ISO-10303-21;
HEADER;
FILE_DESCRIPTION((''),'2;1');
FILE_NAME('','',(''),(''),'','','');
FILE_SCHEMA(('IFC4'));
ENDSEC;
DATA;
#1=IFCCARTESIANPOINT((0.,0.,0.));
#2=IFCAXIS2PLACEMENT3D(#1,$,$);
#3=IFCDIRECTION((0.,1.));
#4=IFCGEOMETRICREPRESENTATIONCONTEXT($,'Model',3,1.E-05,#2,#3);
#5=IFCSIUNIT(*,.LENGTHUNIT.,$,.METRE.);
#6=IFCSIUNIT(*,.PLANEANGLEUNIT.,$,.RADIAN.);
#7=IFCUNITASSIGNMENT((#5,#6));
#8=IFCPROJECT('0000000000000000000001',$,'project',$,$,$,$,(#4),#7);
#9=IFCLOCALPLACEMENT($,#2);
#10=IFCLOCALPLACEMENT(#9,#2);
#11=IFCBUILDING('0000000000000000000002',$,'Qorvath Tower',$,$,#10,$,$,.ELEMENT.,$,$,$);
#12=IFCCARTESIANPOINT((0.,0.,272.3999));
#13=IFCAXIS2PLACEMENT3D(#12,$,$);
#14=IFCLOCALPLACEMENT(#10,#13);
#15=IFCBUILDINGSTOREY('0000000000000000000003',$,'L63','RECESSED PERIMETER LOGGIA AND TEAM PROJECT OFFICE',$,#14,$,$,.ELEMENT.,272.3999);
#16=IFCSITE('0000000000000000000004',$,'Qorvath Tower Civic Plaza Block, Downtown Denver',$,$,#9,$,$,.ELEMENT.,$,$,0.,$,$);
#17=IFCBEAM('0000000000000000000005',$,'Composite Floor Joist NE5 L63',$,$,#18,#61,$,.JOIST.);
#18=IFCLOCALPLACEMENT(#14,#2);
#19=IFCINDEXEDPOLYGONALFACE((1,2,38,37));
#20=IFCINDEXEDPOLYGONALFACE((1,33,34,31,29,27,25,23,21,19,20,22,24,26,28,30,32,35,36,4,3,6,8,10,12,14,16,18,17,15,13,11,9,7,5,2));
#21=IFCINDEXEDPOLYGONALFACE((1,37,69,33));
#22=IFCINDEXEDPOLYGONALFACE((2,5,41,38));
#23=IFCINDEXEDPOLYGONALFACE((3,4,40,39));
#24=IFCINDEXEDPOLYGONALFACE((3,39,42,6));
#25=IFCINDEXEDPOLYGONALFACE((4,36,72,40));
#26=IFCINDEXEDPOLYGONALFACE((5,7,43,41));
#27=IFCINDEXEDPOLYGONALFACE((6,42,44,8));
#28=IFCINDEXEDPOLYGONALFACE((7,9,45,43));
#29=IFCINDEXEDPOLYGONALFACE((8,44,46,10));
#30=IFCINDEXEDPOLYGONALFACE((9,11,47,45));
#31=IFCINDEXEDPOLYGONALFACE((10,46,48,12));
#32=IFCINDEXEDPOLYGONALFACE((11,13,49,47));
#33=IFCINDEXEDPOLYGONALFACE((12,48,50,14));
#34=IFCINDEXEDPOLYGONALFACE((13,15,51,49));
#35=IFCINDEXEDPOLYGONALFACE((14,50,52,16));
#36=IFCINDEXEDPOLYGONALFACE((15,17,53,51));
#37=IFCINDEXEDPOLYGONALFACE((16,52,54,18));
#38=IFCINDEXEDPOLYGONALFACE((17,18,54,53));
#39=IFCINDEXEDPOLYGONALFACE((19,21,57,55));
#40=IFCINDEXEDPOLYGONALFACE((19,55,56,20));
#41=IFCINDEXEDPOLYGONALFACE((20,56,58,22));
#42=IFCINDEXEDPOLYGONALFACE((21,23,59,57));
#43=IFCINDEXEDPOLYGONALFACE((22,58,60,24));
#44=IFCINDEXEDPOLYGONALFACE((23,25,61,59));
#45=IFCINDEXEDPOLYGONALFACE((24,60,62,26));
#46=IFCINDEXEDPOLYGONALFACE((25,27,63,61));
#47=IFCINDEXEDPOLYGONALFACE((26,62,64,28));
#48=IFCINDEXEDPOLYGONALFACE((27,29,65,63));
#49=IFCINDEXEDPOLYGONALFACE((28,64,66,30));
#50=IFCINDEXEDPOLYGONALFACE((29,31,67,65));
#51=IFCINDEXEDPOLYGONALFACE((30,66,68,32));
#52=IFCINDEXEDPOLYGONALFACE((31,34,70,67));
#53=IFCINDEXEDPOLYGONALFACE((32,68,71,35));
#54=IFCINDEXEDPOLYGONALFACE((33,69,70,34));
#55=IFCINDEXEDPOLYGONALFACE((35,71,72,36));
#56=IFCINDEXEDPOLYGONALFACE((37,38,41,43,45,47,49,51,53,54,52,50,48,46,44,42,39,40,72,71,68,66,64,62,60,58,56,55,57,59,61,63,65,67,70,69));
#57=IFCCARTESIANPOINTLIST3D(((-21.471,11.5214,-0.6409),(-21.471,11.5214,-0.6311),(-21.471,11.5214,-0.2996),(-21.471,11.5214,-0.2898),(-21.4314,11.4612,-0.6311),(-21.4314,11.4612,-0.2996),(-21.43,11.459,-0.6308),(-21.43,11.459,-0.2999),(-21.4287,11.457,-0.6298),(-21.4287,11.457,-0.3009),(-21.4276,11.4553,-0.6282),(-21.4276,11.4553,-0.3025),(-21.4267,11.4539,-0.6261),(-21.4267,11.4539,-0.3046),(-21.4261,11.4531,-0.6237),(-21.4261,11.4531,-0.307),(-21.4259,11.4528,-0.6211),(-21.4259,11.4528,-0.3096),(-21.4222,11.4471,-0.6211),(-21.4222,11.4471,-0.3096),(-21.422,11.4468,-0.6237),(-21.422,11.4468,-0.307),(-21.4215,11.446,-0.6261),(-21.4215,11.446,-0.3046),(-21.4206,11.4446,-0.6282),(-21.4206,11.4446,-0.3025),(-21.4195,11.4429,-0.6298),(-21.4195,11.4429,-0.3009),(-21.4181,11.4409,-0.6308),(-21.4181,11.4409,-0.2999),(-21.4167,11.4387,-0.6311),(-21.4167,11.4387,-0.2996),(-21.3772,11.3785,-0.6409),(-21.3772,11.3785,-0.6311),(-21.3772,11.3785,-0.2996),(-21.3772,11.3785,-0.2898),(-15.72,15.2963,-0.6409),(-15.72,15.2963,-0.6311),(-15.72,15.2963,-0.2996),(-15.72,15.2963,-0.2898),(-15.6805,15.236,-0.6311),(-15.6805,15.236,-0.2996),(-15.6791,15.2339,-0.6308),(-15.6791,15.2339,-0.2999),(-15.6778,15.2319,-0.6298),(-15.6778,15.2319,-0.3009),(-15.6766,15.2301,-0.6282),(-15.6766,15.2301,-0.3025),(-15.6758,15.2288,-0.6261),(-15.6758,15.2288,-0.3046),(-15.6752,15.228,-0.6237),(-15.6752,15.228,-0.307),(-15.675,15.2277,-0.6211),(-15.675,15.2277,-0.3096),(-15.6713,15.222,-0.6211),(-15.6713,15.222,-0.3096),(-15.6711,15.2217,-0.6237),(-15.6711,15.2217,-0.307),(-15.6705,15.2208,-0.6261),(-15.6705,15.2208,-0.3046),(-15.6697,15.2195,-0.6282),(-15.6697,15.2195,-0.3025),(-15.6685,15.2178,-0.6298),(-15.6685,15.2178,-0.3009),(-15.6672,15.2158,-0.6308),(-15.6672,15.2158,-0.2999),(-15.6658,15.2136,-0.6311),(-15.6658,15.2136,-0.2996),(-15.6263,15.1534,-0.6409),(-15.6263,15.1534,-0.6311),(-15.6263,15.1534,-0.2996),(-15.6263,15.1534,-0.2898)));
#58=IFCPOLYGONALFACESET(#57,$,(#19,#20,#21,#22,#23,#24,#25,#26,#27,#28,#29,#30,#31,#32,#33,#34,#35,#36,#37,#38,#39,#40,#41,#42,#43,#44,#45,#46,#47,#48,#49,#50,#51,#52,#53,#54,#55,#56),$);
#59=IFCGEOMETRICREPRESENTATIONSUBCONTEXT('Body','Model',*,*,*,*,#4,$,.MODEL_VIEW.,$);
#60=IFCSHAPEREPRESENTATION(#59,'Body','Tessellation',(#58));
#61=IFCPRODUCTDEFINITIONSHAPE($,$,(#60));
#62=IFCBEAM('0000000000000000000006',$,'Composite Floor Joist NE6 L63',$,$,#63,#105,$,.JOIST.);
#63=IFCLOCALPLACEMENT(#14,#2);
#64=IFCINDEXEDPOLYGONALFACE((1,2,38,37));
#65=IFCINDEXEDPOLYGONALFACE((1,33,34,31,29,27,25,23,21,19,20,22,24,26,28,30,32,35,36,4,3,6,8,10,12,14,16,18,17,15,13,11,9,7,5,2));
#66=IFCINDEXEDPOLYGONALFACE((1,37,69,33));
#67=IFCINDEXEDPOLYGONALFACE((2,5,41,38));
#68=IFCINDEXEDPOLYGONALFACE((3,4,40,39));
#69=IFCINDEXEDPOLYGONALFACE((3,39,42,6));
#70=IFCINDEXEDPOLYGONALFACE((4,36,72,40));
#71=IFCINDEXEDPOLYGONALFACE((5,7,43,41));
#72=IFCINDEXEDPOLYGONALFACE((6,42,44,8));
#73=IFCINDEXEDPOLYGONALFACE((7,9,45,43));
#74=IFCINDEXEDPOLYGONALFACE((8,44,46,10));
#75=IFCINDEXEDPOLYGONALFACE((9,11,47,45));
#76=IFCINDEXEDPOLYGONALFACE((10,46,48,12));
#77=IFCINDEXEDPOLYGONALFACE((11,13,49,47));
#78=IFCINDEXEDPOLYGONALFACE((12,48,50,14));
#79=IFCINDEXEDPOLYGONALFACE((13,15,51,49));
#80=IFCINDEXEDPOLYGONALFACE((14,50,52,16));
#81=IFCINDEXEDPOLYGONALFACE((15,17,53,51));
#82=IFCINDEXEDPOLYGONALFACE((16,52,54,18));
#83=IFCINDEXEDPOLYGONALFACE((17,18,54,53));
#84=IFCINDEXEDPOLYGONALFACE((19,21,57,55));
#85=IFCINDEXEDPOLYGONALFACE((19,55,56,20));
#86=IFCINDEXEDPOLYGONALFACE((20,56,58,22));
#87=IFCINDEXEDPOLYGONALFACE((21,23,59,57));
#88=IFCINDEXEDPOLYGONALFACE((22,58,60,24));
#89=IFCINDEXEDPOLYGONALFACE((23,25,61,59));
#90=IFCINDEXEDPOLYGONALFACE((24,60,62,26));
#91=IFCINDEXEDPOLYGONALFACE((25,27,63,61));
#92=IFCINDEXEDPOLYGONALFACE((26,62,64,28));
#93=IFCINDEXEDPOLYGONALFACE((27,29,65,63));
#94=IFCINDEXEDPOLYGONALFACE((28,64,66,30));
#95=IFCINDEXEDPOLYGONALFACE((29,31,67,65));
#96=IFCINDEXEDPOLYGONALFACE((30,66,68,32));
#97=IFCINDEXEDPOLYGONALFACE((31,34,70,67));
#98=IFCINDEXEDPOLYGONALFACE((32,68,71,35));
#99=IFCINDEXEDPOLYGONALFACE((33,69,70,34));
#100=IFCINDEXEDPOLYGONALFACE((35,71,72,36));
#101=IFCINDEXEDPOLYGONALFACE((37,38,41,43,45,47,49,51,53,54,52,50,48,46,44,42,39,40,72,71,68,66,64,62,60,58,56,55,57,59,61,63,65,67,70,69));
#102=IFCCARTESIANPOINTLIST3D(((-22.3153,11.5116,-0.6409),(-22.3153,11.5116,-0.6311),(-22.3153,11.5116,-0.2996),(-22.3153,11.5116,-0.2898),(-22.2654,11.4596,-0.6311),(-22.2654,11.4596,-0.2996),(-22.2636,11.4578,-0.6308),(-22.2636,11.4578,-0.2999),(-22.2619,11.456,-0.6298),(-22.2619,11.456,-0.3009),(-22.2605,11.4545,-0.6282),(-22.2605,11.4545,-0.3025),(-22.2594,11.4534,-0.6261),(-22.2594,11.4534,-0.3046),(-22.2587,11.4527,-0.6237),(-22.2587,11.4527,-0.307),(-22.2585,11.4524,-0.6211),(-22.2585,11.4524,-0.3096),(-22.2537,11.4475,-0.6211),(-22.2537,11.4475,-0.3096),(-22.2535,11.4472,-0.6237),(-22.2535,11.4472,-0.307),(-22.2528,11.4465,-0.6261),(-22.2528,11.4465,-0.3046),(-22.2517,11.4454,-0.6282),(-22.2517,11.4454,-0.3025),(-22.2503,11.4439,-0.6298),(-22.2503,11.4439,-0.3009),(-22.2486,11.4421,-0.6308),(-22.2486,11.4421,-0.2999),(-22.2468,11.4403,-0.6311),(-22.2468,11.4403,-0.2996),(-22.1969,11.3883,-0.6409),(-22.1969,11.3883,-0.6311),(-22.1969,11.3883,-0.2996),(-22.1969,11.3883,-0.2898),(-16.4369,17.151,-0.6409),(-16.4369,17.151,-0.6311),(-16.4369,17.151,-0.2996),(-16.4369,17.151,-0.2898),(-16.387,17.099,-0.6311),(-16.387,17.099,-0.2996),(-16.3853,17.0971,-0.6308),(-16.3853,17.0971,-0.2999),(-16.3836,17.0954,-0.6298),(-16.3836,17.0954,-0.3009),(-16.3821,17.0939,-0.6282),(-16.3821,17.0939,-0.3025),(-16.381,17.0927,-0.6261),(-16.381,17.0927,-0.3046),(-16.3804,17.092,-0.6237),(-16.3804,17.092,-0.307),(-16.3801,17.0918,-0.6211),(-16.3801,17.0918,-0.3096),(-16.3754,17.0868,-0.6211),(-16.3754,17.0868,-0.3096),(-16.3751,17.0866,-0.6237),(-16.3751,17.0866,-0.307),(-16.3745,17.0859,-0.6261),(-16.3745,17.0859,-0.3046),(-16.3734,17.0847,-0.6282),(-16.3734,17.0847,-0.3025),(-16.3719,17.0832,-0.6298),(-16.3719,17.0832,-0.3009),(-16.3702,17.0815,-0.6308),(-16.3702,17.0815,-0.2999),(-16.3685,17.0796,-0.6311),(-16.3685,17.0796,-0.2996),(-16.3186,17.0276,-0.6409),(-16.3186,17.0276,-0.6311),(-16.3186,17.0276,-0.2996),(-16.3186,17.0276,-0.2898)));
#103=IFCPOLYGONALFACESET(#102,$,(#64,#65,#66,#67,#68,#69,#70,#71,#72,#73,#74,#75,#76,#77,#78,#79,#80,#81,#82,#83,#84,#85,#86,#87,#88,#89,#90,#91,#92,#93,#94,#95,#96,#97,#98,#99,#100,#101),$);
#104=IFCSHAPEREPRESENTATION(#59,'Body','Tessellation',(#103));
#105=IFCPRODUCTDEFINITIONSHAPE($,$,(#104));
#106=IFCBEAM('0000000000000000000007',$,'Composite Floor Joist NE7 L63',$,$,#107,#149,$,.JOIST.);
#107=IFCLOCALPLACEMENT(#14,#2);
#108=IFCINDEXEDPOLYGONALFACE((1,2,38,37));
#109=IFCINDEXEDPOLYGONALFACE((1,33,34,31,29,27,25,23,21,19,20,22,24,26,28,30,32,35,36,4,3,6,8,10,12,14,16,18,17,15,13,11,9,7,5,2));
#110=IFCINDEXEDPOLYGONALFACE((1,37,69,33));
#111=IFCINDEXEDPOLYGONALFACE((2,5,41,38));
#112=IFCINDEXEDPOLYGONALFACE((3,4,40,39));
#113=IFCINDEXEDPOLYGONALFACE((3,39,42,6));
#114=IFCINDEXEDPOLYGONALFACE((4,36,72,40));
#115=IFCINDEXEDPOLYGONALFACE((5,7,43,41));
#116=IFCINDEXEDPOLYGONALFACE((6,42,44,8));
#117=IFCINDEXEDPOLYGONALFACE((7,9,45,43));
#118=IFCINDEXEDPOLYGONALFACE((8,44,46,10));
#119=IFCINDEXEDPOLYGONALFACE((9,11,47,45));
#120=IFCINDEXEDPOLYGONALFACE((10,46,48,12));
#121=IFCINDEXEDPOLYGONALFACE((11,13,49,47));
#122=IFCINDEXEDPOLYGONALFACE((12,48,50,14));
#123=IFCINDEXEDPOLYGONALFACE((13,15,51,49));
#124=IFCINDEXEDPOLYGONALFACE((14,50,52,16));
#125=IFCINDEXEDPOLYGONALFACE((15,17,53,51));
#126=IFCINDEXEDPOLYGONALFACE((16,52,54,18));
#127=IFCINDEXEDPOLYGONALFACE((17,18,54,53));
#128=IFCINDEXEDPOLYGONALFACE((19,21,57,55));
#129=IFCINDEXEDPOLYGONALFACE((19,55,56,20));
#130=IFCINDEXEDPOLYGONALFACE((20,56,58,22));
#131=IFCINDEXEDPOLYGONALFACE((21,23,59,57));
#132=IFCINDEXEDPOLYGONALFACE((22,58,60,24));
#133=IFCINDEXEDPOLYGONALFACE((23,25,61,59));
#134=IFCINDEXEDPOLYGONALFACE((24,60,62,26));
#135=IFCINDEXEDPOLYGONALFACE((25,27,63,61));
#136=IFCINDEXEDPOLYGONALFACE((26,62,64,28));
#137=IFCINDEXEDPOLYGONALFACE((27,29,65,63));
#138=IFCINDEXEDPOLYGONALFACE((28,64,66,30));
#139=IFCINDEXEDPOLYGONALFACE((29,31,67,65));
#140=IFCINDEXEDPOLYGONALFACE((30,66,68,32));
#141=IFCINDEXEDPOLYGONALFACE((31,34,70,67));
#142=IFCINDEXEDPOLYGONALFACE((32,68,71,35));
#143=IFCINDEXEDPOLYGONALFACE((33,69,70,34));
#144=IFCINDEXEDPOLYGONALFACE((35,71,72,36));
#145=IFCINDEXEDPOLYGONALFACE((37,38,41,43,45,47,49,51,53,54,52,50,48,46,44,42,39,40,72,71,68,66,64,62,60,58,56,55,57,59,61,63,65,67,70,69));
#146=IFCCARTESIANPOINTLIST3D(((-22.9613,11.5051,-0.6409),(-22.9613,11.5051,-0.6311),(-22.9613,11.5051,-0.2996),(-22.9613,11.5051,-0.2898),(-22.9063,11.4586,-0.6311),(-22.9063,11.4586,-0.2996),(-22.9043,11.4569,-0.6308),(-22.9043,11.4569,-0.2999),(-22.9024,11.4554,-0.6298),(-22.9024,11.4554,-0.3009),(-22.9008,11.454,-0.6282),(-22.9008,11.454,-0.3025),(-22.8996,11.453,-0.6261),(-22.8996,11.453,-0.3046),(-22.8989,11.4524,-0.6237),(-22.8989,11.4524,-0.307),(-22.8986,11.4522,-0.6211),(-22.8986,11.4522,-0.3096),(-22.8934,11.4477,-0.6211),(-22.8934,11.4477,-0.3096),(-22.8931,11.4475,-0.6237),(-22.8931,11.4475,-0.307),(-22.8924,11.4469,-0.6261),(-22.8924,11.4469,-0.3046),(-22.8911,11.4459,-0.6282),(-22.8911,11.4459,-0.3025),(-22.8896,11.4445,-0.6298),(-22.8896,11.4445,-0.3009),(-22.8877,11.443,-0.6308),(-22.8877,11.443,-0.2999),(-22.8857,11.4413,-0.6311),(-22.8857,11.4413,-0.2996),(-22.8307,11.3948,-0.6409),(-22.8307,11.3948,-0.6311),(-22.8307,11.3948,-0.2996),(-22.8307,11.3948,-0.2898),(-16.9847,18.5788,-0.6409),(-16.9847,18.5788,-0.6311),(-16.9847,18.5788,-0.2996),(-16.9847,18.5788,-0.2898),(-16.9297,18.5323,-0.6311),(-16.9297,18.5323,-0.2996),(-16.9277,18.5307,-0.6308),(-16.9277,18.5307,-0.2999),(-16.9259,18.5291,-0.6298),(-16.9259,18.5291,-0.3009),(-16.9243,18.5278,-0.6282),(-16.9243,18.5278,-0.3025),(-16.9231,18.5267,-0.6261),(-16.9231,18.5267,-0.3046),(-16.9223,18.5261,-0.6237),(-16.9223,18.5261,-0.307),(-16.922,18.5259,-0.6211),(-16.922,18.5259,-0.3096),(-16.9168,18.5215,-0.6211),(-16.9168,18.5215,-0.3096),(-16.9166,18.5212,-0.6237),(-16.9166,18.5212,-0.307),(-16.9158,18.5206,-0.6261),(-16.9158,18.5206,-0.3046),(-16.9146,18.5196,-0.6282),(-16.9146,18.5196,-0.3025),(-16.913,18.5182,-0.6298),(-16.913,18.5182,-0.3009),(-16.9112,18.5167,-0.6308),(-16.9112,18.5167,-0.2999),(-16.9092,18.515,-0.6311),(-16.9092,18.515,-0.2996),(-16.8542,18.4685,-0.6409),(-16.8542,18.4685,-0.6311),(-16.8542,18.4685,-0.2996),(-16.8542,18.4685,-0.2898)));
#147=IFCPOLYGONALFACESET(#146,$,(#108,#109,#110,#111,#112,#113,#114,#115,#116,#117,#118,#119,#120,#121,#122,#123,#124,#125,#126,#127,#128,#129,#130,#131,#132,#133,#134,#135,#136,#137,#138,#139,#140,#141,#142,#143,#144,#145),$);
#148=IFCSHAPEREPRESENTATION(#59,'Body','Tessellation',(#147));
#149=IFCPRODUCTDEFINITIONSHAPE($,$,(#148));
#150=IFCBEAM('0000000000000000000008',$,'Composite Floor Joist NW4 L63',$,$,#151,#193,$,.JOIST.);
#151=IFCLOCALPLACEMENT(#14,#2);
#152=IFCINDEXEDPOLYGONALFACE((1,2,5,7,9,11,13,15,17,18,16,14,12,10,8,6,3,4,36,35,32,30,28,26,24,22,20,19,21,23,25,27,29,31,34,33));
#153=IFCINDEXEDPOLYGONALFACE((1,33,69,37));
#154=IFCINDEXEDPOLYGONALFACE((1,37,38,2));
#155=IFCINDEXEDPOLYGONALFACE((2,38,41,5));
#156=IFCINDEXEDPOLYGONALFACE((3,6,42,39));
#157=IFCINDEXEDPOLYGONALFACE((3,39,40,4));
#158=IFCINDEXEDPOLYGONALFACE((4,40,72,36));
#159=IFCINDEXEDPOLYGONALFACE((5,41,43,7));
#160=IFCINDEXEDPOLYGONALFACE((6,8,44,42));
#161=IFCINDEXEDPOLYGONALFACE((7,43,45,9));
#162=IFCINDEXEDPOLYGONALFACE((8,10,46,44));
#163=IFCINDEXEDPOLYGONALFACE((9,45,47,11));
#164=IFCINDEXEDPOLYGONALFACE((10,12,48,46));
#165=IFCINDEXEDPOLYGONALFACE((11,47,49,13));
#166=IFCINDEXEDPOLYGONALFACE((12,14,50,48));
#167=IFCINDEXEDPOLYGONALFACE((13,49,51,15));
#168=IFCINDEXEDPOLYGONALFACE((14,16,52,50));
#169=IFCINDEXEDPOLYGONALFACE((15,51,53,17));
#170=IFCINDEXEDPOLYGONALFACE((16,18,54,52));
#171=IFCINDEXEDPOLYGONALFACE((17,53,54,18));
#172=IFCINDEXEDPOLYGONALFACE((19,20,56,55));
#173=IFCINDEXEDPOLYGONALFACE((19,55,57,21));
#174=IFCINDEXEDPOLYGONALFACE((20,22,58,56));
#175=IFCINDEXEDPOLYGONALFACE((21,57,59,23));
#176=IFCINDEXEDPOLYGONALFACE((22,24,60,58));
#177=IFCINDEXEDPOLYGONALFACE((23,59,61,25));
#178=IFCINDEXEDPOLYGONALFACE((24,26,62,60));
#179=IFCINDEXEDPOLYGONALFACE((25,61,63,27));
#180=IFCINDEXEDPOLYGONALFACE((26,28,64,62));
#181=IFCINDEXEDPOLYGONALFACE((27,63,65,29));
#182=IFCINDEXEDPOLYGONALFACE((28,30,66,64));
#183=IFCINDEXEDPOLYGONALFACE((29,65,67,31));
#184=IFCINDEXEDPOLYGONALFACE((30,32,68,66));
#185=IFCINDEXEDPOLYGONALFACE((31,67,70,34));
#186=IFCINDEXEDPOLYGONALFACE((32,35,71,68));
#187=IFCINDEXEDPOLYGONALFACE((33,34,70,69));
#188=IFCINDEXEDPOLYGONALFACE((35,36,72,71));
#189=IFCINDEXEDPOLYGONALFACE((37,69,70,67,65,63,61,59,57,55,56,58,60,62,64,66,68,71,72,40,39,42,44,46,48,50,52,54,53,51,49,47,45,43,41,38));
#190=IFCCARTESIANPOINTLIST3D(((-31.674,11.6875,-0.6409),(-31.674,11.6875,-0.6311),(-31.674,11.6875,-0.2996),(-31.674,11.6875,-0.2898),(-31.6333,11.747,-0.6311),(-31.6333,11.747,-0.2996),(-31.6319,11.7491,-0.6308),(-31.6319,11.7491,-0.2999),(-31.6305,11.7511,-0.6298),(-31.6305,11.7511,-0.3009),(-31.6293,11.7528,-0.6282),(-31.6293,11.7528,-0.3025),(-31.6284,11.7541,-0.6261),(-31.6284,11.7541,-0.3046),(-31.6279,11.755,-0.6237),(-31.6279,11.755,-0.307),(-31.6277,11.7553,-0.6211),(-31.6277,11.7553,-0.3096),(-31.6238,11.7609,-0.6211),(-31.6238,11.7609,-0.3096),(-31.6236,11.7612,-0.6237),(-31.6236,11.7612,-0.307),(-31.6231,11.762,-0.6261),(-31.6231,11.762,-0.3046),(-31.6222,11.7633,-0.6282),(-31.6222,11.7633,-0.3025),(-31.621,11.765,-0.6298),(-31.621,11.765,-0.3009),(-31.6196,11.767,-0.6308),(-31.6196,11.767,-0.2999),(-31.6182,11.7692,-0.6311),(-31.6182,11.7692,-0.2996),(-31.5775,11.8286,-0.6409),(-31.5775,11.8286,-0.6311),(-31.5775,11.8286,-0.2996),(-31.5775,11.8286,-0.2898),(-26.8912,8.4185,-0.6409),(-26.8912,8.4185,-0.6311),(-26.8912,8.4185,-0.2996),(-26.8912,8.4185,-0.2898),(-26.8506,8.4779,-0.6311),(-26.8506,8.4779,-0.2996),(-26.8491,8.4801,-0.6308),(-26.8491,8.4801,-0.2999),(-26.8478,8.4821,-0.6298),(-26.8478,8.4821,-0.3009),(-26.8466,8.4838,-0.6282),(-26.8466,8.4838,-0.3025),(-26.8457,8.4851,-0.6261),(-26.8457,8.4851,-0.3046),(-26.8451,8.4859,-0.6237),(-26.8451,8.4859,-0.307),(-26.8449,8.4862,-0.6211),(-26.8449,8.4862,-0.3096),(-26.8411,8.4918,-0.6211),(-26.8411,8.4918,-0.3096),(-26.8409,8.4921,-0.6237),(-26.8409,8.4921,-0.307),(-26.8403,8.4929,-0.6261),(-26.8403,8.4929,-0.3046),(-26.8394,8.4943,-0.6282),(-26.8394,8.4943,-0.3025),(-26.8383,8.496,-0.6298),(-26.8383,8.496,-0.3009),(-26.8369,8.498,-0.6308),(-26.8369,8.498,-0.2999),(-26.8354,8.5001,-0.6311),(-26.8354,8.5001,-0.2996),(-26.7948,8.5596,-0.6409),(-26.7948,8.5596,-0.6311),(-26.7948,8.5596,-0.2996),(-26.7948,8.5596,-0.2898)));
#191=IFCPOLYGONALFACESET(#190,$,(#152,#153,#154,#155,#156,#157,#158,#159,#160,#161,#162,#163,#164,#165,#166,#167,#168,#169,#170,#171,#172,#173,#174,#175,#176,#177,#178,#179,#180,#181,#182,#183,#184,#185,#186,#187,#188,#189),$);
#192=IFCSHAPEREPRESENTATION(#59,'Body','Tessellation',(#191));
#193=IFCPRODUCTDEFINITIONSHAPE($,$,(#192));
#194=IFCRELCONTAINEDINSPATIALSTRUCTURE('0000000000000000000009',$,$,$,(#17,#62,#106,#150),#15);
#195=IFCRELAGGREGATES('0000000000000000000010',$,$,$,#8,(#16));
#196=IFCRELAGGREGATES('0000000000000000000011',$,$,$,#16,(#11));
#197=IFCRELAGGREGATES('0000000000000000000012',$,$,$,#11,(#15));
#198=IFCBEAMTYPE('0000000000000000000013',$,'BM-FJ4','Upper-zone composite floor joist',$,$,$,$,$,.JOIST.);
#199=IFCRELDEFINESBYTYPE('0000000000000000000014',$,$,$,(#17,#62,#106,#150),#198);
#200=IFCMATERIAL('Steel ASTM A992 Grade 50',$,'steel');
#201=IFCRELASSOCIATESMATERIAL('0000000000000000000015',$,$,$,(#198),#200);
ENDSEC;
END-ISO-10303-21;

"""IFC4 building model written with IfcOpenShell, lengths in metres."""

from ifc_helpers import new_model, si_unit, direction, frame, origin, origin_2d, place, context, subcontext, project, spatial, i_section, extrude, material, material_profile, profile_set, type_object, element, save


model = new_model("IFC4")

# Units and contexts
model_context = context("Model", 3, precision=1e-05, world=origin(), true_north=direction((0.0, 1.0)))
body_context = subcontext(model_context, "Body", "Model", "MODEL_VIEW")
ifc_project = project(units=[si_unit("LENGTHUNIT", "METRE"), si_unit("PLANEANGLEUNIT", "RADIAN")], contexts=[model_context])

# Site, building, storey
site_placement = place(None, origin())
site = spatial("IfcSite", under=ifc_project, at=site_placement, Name="Qorvath Tower Civic Plaza Block, Downtown Denver", CompositionType="ELEMENT", RefElevation=0.0)
building_placement = place(site_placement, origin())
building = spatial("IfcBuilding", under=site, at=building_placement, Name="Qorvath Tower", CompositionType="ELEMENT")
storey_placement = place(building_placement, frame((0.0, 0.0, 272.3999)))
storey = spatial("IfcBuildingStorey", under=building, at=storey_placement, Name="L63", Description="RECESSED PERIMETER LOGGIA AND TEAM PROJECT OFFICE", CompositionType="ELEMENT", Elevation=272.3999)

# Beams
ifc_material_1 = material(Name="Steel ASTM A992 Grade 50", Category="steel")
ifc_material_profile_1 = material_profile(ifc_material_1, i_section(OverallWidth=0.1709, OverallDepth=0.3511, WebThickness=0.0068, FlangeThickness=0.0098, FilletRadius=0.01, at=origin_2d()), Name="W14x30")
ifc_profile_set_1 = profile_set([ifc_material_profile_1], Name="Steel ASTM A992 Grade 50")
beam_type_1 = type_object("IfcBeamType", Name="BM-FJ4", Description="Upper-zone composite floor joist", PredefinedType="JOIST", material=ifc_profile_set_1)
beam_1_placement = place(storey_placement, frame((-21.4241, 11.45, -0.4653), z_axis=(0.835993, 0.54874, 0.0), x_axis=(-0.54874, 0.835993, 0.0)))
element("IfcBeam", 1, at=beam_1_placement, inside=storey, type_object=beam_type_1, Name="Composite Floor Joist NE5 L63", PredefinedType="JOIST", context=body_context, shape_type="SweptSolid", body=[
    extrude(i_section(OverallWidth=0.1709, OverallDepth=0.3511, WebThickness=0.0068, FlangeThickness=0.0098, FilletRadius=0.01, at=origin_2d()), origin(), (0.0, 0.0, 1.0), 6.8792),
])
beam_2_placement = place(storey_placement, frame((-22.2561, 11.45, -0.4653), z_axis=(0.721625, 0.692284, 0.0), x_axis=(-0.692284, 0.721625, 0.0)))
element("IfcBeam", 2, at=beam_2_placement, inside=storey, type_object=beam_type_1, Name="Composite Floor Joist NE6 L63", PredefinedType="JOIST", context=body_context, shape_type="SweptSolid", body=[
    extrude(i_section(OverallWidth=0.1709, OverallDepth=0.3511, WebThickness=0.0068, FlangeThickness=0.0098, FilletRadius=0.01, at=origin_2d()), origin(), (0.0, 0.0, 1.0), 8.146),
])
beam_3_placement = place(storey_placement, frame((-22.896, 11.45, -0.4653), z_axis=(0.645382, 0.76386, 0.0), x_axis=(-0.76386, 0.645382, 0.0)))
element("IfcBeam", 3, at=beam_3_placement, inside=storey, type_object=beam_type_1, Name="Composite Floor Joist NE7 L63", PredefinedType="JOIST", context=body_context, shape_type="SweptSolid", body=[
    extrude(i_section(OverallWidth=0.1709, OverallDepth=0.3511, WebThickness=0.0068, FlangeThickness=0.0098, FilletRadius=0.01, at=origin_2d()), origin(), (0.0, 0.0, 1.0), 9.2605),
])
beam_4_placement = place(storey_placement, frame((-26.843, 8.489, -0.4653), z_axis=(-0.825576, 0.564291, 0.0), x_axis=(-0.564291, -0.825576, 0.0)))
element("IfcBeam", 4, at=beam_4_placement, inside=storey, type_object=beam_type_1, Name="Composite Floor Joist NW4 L63", PredefinedType="JOIST", context=body_context, shape_type="SweptSolid", body=[
    extrude(i_section(OverallWidth=0.1709, OverallDepth=0.3511, WebThickness=0.0068, FlangeThickness=0.0098, FilletRadius=0.01, at=origin_2d()), origin(), (0.0, 0.0, 1.0), 5.7932),
])

save(model, "model.ifc")
